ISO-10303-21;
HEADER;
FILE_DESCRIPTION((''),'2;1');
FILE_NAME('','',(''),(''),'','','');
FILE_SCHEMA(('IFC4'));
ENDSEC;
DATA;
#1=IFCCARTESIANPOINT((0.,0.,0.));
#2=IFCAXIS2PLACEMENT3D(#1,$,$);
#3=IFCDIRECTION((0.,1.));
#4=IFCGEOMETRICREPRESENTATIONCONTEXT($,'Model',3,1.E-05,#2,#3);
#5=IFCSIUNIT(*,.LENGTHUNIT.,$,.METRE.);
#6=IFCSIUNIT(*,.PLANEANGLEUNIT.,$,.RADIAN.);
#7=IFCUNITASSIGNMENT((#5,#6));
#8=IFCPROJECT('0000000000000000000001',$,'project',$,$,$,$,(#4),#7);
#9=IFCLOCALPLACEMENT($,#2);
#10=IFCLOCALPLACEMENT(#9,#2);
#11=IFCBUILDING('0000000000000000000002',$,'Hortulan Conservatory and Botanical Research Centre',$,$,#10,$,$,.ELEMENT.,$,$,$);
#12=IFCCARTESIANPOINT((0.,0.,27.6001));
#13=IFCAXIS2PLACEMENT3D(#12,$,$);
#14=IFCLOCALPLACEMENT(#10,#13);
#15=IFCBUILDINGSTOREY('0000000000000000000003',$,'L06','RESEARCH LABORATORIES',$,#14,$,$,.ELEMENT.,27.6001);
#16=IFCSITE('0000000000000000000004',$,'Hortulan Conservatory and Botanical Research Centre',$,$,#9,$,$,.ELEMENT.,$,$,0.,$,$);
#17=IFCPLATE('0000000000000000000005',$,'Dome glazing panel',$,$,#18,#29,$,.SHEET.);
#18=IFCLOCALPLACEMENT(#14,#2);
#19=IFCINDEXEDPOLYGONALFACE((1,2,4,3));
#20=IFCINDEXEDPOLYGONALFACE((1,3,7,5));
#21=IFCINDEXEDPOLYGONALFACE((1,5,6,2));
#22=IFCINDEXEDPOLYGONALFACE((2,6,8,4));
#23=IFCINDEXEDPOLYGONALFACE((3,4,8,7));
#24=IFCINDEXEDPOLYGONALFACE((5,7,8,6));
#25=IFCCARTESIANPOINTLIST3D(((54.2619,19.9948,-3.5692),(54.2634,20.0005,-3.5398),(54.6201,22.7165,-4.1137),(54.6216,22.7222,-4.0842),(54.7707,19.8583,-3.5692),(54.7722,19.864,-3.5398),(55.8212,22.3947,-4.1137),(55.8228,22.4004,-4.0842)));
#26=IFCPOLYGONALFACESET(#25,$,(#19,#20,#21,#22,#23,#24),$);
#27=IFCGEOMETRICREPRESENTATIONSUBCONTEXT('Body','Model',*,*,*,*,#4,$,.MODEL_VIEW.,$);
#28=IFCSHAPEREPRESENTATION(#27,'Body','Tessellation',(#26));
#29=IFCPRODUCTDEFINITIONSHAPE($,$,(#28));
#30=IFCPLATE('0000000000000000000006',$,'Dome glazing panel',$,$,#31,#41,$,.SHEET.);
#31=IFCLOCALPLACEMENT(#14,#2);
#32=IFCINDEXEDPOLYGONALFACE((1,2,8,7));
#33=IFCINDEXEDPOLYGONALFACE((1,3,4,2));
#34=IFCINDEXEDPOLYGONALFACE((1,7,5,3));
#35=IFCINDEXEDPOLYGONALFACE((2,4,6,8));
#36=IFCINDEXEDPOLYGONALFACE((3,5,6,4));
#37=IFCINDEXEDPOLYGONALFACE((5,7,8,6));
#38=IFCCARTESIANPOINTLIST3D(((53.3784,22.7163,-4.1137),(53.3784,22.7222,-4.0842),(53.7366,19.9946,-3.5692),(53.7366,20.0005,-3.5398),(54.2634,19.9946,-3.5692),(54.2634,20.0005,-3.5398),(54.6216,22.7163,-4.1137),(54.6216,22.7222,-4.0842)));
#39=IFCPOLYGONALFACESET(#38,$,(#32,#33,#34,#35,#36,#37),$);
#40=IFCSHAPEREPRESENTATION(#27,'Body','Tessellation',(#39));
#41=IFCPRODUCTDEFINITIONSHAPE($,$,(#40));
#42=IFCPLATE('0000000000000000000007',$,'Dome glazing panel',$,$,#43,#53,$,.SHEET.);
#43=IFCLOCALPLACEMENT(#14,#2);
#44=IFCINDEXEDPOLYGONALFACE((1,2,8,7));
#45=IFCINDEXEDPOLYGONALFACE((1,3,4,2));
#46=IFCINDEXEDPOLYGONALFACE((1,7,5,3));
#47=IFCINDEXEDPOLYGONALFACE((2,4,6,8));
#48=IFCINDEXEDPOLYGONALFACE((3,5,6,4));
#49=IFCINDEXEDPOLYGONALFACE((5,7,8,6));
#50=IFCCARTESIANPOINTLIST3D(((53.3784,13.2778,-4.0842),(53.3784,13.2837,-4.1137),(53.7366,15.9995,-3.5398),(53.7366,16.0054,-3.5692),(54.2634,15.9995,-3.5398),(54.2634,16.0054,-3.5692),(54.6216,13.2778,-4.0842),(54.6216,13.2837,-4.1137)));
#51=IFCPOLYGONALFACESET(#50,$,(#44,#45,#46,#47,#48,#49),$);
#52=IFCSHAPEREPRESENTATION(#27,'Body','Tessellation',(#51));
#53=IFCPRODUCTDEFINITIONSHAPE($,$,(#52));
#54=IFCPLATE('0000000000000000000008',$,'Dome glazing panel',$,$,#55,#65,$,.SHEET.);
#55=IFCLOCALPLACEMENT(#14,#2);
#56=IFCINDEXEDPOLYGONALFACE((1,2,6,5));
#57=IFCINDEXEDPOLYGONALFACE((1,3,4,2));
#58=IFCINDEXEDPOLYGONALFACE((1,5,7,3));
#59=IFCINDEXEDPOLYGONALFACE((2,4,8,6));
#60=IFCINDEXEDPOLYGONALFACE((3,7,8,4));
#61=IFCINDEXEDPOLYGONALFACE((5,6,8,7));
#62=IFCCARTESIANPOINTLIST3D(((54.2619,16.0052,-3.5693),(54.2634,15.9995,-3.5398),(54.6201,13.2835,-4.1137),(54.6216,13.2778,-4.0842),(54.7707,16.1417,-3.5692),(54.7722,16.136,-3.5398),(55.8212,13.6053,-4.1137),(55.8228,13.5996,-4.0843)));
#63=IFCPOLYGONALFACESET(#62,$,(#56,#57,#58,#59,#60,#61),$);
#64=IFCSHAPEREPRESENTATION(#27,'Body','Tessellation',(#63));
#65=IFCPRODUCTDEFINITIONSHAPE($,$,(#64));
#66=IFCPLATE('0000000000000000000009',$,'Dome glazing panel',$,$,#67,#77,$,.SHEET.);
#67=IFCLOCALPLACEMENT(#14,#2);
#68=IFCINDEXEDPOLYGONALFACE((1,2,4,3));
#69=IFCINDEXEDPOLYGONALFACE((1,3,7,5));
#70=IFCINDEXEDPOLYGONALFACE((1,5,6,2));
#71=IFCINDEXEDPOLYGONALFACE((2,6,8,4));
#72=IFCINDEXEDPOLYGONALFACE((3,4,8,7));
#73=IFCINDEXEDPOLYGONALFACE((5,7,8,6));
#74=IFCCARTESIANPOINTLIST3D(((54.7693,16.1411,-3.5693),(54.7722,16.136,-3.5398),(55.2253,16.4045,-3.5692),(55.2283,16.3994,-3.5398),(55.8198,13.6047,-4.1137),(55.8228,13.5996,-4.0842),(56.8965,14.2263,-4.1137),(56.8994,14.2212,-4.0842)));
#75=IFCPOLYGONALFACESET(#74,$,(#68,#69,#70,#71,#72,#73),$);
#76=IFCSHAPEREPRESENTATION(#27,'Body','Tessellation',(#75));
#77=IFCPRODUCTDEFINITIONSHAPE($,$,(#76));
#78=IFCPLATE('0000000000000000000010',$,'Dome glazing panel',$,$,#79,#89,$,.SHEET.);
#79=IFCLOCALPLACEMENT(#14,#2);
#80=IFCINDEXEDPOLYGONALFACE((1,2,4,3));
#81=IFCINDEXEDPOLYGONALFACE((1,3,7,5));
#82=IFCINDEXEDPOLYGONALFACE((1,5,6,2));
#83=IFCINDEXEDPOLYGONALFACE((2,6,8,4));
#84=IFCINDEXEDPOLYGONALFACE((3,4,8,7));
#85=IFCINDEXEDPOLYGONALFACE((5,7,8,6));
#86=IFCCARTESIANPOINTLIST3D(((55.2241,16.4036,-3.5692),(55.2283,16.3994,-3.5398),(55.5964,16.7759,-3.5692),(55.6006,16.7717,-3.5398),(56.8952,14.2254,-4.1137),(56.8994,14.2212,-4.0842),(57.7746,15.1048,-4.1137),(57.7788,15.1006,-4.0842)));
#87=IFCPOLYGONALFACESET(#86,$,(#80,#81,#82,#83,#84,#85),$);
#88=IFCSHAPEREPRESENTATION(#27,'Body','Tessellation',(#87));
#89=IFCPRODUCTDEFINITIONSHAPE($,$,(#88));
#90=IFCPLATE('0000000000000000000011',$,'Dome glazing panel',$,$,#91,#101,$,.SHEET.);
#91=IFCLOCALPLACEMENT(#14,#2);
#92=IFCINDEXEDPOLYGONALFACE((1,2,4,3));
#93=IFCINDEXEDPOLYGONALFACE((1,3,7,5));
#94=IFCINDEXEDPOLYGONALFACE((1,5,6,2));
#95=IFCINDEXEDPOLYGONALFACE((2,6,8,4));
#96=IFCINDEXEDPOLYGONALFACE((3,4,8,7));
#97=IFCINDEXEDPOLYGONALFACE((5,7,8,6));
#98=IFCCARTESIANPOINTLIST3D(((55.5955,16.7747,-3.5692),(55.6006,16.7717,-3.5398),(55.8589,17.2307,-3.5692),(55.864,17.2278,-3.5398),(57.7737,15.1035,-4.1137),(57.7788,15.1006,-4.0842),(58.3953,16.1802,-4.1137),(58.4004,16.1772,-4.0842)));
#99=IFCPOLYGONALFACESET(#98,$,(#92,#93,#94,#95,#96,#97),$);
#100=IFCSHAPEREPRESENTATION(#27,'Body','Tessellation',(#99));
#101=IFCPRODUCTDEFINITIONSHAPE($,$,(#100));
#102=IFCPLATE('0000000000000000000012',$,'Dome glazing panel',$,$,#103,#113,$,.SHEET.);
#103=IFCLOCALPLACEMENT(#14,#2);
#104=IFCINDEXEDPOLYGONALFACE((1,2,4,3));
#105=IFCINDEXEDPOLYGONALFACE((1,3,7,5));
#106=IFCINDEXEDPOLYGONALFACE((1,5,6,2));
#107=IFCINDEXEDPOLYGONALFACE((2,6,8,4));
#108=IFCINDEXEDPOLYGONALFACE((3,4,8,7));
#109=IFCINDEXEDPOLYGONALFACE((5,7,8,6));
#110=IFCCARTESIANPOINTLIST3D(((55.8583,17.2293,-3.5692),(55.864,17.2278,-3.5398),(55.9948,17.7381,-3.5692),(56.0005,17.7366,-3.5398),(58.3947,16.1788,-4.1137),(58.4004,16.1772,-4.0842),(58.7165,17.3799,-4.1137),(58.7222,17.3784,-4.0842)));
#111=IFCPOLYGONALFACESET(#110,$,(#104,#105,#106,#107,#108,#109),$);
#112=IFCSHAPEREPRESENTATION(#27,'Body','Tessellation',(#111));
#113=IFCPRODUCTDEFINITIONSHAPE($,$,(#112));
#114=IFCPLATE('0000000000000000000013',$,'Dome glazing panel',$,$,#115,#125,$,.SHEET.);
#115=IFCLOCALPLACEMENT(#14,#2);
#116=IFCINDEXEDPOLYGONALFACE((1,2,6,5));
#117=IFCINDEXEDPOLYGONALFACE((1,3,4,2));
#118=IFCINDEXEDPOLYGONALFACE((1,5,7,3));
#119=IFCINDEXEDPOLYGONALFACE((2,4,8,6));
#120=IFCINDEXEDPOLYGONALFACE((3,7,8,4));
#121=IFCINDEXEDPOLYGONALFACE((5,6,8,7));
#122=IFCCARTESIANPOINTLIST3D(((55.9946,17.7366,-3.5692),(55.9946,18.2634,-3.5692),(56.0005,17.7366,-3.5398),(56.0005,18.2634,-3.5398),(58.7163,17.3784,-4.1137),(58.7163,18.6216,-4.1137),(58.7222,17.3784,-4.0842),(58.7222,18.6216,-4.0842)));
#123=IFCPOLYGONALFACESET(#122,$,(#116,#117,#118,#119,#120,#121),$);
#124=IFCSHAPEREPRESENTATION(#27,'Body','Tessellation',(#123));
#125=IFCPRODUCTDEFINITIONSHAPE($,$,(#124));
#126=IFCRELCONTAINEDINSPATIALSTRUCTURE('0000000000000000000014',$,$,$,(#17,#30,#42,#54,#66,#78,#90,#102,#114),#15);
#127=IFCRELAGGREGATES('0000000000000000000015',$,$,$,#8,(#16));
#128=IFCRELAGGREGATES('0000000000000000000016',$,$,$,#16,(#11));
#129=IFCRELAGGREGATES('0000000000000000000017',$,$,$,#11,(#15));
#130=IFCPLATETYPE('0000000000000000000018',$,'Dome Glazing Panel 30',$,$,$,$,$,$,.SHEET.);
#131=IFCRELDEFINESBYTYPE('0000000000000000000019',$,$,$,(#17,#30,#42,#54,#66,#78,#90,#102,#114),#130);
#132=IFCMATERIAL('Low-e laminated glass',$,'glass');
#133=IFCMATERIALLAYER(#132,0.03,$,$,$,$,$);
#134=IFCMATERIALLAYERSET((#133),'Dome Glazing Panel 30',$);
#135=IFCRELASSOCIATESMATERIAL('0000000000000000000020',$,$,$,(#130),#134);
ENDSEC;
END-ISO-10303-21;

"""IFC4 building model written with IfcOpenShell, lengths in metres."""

from ifc_helpers import new_model, si_unit, direction, frame, origin, place, context, subcontext, project, spatial, polyline, outline, extrude, material, layer, layer_set, type_object, element, save


model = new_model("IFC4")

# Units and contexts
model_context = context("Model", 3, precision=1e-05, world=origin(), true_north=direction((0.0, 1.0)))
body_context = subcontext(model_context, "Body", "Model", "MODEL_VIEW")
ifc_project = project(units=[si_unit("LENGTHUNIT", "METRE"), si_unit("PLANEANGLEUNIT", "RADIAN")], contexts=[model_context])

# Site, building, storey
site_placement = place(None, origin())
site = spatial("IfcSite", under=ifc_project, at=site_placement, Name="Hortulan Conservatory and Botanical Research Centre", CompositionType="ELEMENT", RefElevation=0.0)
building_placement = place(site_placement, origin())
building = spatial("IfcBuilding", under=site, at=building_placement, Name="Hortulan Conservatory and Botanical Research Centre", CompositionType="ELEMENT")
storey_placement = place(building_placement, frame((0.0, 0.0, 27.6001)))
storey = spatial("IfcBuildingStorey", under=building, at=storey_placement, Name="L06", Description="RESEARCH LABORATORIES", CompositionType="ELEMENT", Elevation=27.6001)

# Plates
ifc_material = material(Name="Low-e laminated glass", Category="glass")
ifc_layer = layer(ifc_material, 0.03)
ifc_layer_set = layer_set([ifc_layer], Name="Dome Glazing Panel 30")
plate_type = type_object("IfcPlateType", Name="Dome Glazing Panel 30", PredefinedType="SHEET", material=ifc_layer_set)
plate_1_placement = place(storey_placement, frame((55.8228, 22.4004, -4.0842), z_axis=(0.050773, 0.18946, 0.980575), x_axis=(-0.96594, 0.258766, 0.000019)))
element("IfcPlate", 1, at=plate_1_placement, inside=storey, type_object=plate_type, Name="Dome glazing panel", PredefinedType="SHEET", context=body_context, shape_type="SweptSolid", body=[
    extrude(outline(polyline([(0.0, 0.0), (1.2435, 0.0), (0.8852, 2.7756), (0.3584, 2.7757), (0.0, 0.0)])), origin(), (0.0, 0.0, -1.0), 0.03),
])
for number, where, z_axis, x_axis, name in (
    (2, (54.6216, 22.7222, -4.0842), (0.0, 0.19615, 0.980574), (-1.0, 0.0, 0.0), "Dome glazing panel"),
    (3, (53.3784, 13.2778, -4.0842), (0.0, -0.19615, 0.980574), (1.0, 0.0, 0.0), "Dome glazing panel"),
):
    element("IfcPlate", number, at=place(storey_placement, frame(where, z_axis=z_axis, x_axis=x_axis)), inside=storey, type_object=plate_type, Name=name, PredefinedType="SHEET", context=body_context, shape_type="SweptSolid", body=[
        extrude(outline(polyline([(0.0, 0.0), (1.2432, 0.0), (0.885, 2.7756), (0.3582, 2.7756), (0.0, 0.0)])), origin(), (0.0, 0.0, -1.0), 0.03),
    ])
plate_2_placement = place(storey_placement, frame((54.6216, 13.2778, -4.0842), z_axis=(0.050773, -0.18946, 0.980575), x_axis=(0.96594, 0.258766, -0.000019)))
element("IfcPlate", 4, at=plate_2_placement, inside=storey, type_object=plate_type, Name="Dome glazing panel", PredefinedType="SHEET", context=body_context, shape_type="SweptSolid", body=[
    extrude(outline(polyline([(0.0, 0.0), (1.2435, 0.0), (0.8851, 2.7757), (0.3583, 2.7756), (0.0, 0.0)])), origin(), (0.0, 0.0, -1.0), 0.03),
])
plate_3_placement = place(storey_placement, frame((55.8228, 13.5996, -4.0842), z_axis=(0.098075, -0.169853, 0.980577), x_axis=(0.866034, 0.499985, -0.000013)))
element("IfcPlate", 5, at=plate_3_placement, inside=storey, type_object=plate_type, Name="Dome glazing panel", PredefinedType="SHEET", context=body_context, shape_type="SweptSolid", body=[
    extrude(outline(polyline([(0.0, 0.0), (1.2432, 0.0), (0.885, 2.7759), (0.3583, 2.7758), (0.0, 0.0)])), origin(), (0.0, 0.0, -1.0), 0.03),
])
plate_4_placement = place(storey_placement, frame((56.8994, 14.2212, -4.0842), z_axis=(0.138688, -0.138688, 0.980577), x_axis=(0.707107, 0.707107, 0.0)))
element("IfcPlate", 6, at=plate_4_placement, inside=storey, type_object=plate_type, Name="Dome glazing panel", PredefinedType="SHEET", context=body_context, shape_type="SweptSolid", body=[
    extrude(outline(polyline([(0.0, 0.0), (1.2437, 0.0), (0.8851, 2.7758), (0.3586, 2.7758), (0.0, 0.0)])), origin(), (0.0, 0.0, -1.0), 0.03),
])
plate_5_placement = place(storey_placement, frame((57.7788, 15.1006, -4.0842), z_axis=(0.169853, -0.098075, 0.980577), x_axis=(0.499985, 0.866034, 0.000013)))
element("IfcPlate", 7, at=plate_5_placement, inside=storey, type_object=plate_type, Name="Dome glazing panel", PredefinedType="SHEET", context=body_context, shape_type="SweptSolid", body=[
    extrude(outline(polyline([(0.0, 0.0), (1.2432, 0.0), (0.8849, 2.7758), (0.3582, 2.7759), (0.0, 0.0)])), origin(), (0.0, 0.0, -1.0), 0.03),
])
plate_6_placement = place(storey_placement, frame((58.4004, 16.1772, -4.0842), z_axis=(0.18946, -0.050773, 0.980575), x_axis=(0.258766, 0.96594, 0.000019)))
element("IfcPlate", 8, at=plate_6_placement, inside=storey, type_object=plate_type, Name="Dome glazing panel", PredefinedType="SHEET", context=body_context, shape_type="SweptSolid", body=[
    extrude(outline(polyline([(0.0, 0.0), (1.2435, 0.0), (0.8852, 2.7756), (0.3584, 2.7757), (0.0, 0.0)])), origin(), (0.0, 0.0, -1.0), 0.03),
])
plate_7_placement = place(storey_placement, frame((58.7222, 17.3784, -4.0842), z_axis=(0.19615, 0.0, 0.980574), x_axis=(0.0, 1.0, 0.0)))
element("IfcPlate", 9, at=plate_7_placement, inside=storey, type_object=plate_type, Name="Dome glazing panel", PredefinedType="SHEET", context=body_context, shape_type="SweptSolid", body=[
    extrude(outline(polyline([(0.0, 0.0), (1.2432, 0.0), (0.885, 2.7756), (0.3582, 2.7756), (0.0, 0.0)])), origin(), (0.0, 0.0, -1.0), 0.03),
])

save(model, "model.ifc")
